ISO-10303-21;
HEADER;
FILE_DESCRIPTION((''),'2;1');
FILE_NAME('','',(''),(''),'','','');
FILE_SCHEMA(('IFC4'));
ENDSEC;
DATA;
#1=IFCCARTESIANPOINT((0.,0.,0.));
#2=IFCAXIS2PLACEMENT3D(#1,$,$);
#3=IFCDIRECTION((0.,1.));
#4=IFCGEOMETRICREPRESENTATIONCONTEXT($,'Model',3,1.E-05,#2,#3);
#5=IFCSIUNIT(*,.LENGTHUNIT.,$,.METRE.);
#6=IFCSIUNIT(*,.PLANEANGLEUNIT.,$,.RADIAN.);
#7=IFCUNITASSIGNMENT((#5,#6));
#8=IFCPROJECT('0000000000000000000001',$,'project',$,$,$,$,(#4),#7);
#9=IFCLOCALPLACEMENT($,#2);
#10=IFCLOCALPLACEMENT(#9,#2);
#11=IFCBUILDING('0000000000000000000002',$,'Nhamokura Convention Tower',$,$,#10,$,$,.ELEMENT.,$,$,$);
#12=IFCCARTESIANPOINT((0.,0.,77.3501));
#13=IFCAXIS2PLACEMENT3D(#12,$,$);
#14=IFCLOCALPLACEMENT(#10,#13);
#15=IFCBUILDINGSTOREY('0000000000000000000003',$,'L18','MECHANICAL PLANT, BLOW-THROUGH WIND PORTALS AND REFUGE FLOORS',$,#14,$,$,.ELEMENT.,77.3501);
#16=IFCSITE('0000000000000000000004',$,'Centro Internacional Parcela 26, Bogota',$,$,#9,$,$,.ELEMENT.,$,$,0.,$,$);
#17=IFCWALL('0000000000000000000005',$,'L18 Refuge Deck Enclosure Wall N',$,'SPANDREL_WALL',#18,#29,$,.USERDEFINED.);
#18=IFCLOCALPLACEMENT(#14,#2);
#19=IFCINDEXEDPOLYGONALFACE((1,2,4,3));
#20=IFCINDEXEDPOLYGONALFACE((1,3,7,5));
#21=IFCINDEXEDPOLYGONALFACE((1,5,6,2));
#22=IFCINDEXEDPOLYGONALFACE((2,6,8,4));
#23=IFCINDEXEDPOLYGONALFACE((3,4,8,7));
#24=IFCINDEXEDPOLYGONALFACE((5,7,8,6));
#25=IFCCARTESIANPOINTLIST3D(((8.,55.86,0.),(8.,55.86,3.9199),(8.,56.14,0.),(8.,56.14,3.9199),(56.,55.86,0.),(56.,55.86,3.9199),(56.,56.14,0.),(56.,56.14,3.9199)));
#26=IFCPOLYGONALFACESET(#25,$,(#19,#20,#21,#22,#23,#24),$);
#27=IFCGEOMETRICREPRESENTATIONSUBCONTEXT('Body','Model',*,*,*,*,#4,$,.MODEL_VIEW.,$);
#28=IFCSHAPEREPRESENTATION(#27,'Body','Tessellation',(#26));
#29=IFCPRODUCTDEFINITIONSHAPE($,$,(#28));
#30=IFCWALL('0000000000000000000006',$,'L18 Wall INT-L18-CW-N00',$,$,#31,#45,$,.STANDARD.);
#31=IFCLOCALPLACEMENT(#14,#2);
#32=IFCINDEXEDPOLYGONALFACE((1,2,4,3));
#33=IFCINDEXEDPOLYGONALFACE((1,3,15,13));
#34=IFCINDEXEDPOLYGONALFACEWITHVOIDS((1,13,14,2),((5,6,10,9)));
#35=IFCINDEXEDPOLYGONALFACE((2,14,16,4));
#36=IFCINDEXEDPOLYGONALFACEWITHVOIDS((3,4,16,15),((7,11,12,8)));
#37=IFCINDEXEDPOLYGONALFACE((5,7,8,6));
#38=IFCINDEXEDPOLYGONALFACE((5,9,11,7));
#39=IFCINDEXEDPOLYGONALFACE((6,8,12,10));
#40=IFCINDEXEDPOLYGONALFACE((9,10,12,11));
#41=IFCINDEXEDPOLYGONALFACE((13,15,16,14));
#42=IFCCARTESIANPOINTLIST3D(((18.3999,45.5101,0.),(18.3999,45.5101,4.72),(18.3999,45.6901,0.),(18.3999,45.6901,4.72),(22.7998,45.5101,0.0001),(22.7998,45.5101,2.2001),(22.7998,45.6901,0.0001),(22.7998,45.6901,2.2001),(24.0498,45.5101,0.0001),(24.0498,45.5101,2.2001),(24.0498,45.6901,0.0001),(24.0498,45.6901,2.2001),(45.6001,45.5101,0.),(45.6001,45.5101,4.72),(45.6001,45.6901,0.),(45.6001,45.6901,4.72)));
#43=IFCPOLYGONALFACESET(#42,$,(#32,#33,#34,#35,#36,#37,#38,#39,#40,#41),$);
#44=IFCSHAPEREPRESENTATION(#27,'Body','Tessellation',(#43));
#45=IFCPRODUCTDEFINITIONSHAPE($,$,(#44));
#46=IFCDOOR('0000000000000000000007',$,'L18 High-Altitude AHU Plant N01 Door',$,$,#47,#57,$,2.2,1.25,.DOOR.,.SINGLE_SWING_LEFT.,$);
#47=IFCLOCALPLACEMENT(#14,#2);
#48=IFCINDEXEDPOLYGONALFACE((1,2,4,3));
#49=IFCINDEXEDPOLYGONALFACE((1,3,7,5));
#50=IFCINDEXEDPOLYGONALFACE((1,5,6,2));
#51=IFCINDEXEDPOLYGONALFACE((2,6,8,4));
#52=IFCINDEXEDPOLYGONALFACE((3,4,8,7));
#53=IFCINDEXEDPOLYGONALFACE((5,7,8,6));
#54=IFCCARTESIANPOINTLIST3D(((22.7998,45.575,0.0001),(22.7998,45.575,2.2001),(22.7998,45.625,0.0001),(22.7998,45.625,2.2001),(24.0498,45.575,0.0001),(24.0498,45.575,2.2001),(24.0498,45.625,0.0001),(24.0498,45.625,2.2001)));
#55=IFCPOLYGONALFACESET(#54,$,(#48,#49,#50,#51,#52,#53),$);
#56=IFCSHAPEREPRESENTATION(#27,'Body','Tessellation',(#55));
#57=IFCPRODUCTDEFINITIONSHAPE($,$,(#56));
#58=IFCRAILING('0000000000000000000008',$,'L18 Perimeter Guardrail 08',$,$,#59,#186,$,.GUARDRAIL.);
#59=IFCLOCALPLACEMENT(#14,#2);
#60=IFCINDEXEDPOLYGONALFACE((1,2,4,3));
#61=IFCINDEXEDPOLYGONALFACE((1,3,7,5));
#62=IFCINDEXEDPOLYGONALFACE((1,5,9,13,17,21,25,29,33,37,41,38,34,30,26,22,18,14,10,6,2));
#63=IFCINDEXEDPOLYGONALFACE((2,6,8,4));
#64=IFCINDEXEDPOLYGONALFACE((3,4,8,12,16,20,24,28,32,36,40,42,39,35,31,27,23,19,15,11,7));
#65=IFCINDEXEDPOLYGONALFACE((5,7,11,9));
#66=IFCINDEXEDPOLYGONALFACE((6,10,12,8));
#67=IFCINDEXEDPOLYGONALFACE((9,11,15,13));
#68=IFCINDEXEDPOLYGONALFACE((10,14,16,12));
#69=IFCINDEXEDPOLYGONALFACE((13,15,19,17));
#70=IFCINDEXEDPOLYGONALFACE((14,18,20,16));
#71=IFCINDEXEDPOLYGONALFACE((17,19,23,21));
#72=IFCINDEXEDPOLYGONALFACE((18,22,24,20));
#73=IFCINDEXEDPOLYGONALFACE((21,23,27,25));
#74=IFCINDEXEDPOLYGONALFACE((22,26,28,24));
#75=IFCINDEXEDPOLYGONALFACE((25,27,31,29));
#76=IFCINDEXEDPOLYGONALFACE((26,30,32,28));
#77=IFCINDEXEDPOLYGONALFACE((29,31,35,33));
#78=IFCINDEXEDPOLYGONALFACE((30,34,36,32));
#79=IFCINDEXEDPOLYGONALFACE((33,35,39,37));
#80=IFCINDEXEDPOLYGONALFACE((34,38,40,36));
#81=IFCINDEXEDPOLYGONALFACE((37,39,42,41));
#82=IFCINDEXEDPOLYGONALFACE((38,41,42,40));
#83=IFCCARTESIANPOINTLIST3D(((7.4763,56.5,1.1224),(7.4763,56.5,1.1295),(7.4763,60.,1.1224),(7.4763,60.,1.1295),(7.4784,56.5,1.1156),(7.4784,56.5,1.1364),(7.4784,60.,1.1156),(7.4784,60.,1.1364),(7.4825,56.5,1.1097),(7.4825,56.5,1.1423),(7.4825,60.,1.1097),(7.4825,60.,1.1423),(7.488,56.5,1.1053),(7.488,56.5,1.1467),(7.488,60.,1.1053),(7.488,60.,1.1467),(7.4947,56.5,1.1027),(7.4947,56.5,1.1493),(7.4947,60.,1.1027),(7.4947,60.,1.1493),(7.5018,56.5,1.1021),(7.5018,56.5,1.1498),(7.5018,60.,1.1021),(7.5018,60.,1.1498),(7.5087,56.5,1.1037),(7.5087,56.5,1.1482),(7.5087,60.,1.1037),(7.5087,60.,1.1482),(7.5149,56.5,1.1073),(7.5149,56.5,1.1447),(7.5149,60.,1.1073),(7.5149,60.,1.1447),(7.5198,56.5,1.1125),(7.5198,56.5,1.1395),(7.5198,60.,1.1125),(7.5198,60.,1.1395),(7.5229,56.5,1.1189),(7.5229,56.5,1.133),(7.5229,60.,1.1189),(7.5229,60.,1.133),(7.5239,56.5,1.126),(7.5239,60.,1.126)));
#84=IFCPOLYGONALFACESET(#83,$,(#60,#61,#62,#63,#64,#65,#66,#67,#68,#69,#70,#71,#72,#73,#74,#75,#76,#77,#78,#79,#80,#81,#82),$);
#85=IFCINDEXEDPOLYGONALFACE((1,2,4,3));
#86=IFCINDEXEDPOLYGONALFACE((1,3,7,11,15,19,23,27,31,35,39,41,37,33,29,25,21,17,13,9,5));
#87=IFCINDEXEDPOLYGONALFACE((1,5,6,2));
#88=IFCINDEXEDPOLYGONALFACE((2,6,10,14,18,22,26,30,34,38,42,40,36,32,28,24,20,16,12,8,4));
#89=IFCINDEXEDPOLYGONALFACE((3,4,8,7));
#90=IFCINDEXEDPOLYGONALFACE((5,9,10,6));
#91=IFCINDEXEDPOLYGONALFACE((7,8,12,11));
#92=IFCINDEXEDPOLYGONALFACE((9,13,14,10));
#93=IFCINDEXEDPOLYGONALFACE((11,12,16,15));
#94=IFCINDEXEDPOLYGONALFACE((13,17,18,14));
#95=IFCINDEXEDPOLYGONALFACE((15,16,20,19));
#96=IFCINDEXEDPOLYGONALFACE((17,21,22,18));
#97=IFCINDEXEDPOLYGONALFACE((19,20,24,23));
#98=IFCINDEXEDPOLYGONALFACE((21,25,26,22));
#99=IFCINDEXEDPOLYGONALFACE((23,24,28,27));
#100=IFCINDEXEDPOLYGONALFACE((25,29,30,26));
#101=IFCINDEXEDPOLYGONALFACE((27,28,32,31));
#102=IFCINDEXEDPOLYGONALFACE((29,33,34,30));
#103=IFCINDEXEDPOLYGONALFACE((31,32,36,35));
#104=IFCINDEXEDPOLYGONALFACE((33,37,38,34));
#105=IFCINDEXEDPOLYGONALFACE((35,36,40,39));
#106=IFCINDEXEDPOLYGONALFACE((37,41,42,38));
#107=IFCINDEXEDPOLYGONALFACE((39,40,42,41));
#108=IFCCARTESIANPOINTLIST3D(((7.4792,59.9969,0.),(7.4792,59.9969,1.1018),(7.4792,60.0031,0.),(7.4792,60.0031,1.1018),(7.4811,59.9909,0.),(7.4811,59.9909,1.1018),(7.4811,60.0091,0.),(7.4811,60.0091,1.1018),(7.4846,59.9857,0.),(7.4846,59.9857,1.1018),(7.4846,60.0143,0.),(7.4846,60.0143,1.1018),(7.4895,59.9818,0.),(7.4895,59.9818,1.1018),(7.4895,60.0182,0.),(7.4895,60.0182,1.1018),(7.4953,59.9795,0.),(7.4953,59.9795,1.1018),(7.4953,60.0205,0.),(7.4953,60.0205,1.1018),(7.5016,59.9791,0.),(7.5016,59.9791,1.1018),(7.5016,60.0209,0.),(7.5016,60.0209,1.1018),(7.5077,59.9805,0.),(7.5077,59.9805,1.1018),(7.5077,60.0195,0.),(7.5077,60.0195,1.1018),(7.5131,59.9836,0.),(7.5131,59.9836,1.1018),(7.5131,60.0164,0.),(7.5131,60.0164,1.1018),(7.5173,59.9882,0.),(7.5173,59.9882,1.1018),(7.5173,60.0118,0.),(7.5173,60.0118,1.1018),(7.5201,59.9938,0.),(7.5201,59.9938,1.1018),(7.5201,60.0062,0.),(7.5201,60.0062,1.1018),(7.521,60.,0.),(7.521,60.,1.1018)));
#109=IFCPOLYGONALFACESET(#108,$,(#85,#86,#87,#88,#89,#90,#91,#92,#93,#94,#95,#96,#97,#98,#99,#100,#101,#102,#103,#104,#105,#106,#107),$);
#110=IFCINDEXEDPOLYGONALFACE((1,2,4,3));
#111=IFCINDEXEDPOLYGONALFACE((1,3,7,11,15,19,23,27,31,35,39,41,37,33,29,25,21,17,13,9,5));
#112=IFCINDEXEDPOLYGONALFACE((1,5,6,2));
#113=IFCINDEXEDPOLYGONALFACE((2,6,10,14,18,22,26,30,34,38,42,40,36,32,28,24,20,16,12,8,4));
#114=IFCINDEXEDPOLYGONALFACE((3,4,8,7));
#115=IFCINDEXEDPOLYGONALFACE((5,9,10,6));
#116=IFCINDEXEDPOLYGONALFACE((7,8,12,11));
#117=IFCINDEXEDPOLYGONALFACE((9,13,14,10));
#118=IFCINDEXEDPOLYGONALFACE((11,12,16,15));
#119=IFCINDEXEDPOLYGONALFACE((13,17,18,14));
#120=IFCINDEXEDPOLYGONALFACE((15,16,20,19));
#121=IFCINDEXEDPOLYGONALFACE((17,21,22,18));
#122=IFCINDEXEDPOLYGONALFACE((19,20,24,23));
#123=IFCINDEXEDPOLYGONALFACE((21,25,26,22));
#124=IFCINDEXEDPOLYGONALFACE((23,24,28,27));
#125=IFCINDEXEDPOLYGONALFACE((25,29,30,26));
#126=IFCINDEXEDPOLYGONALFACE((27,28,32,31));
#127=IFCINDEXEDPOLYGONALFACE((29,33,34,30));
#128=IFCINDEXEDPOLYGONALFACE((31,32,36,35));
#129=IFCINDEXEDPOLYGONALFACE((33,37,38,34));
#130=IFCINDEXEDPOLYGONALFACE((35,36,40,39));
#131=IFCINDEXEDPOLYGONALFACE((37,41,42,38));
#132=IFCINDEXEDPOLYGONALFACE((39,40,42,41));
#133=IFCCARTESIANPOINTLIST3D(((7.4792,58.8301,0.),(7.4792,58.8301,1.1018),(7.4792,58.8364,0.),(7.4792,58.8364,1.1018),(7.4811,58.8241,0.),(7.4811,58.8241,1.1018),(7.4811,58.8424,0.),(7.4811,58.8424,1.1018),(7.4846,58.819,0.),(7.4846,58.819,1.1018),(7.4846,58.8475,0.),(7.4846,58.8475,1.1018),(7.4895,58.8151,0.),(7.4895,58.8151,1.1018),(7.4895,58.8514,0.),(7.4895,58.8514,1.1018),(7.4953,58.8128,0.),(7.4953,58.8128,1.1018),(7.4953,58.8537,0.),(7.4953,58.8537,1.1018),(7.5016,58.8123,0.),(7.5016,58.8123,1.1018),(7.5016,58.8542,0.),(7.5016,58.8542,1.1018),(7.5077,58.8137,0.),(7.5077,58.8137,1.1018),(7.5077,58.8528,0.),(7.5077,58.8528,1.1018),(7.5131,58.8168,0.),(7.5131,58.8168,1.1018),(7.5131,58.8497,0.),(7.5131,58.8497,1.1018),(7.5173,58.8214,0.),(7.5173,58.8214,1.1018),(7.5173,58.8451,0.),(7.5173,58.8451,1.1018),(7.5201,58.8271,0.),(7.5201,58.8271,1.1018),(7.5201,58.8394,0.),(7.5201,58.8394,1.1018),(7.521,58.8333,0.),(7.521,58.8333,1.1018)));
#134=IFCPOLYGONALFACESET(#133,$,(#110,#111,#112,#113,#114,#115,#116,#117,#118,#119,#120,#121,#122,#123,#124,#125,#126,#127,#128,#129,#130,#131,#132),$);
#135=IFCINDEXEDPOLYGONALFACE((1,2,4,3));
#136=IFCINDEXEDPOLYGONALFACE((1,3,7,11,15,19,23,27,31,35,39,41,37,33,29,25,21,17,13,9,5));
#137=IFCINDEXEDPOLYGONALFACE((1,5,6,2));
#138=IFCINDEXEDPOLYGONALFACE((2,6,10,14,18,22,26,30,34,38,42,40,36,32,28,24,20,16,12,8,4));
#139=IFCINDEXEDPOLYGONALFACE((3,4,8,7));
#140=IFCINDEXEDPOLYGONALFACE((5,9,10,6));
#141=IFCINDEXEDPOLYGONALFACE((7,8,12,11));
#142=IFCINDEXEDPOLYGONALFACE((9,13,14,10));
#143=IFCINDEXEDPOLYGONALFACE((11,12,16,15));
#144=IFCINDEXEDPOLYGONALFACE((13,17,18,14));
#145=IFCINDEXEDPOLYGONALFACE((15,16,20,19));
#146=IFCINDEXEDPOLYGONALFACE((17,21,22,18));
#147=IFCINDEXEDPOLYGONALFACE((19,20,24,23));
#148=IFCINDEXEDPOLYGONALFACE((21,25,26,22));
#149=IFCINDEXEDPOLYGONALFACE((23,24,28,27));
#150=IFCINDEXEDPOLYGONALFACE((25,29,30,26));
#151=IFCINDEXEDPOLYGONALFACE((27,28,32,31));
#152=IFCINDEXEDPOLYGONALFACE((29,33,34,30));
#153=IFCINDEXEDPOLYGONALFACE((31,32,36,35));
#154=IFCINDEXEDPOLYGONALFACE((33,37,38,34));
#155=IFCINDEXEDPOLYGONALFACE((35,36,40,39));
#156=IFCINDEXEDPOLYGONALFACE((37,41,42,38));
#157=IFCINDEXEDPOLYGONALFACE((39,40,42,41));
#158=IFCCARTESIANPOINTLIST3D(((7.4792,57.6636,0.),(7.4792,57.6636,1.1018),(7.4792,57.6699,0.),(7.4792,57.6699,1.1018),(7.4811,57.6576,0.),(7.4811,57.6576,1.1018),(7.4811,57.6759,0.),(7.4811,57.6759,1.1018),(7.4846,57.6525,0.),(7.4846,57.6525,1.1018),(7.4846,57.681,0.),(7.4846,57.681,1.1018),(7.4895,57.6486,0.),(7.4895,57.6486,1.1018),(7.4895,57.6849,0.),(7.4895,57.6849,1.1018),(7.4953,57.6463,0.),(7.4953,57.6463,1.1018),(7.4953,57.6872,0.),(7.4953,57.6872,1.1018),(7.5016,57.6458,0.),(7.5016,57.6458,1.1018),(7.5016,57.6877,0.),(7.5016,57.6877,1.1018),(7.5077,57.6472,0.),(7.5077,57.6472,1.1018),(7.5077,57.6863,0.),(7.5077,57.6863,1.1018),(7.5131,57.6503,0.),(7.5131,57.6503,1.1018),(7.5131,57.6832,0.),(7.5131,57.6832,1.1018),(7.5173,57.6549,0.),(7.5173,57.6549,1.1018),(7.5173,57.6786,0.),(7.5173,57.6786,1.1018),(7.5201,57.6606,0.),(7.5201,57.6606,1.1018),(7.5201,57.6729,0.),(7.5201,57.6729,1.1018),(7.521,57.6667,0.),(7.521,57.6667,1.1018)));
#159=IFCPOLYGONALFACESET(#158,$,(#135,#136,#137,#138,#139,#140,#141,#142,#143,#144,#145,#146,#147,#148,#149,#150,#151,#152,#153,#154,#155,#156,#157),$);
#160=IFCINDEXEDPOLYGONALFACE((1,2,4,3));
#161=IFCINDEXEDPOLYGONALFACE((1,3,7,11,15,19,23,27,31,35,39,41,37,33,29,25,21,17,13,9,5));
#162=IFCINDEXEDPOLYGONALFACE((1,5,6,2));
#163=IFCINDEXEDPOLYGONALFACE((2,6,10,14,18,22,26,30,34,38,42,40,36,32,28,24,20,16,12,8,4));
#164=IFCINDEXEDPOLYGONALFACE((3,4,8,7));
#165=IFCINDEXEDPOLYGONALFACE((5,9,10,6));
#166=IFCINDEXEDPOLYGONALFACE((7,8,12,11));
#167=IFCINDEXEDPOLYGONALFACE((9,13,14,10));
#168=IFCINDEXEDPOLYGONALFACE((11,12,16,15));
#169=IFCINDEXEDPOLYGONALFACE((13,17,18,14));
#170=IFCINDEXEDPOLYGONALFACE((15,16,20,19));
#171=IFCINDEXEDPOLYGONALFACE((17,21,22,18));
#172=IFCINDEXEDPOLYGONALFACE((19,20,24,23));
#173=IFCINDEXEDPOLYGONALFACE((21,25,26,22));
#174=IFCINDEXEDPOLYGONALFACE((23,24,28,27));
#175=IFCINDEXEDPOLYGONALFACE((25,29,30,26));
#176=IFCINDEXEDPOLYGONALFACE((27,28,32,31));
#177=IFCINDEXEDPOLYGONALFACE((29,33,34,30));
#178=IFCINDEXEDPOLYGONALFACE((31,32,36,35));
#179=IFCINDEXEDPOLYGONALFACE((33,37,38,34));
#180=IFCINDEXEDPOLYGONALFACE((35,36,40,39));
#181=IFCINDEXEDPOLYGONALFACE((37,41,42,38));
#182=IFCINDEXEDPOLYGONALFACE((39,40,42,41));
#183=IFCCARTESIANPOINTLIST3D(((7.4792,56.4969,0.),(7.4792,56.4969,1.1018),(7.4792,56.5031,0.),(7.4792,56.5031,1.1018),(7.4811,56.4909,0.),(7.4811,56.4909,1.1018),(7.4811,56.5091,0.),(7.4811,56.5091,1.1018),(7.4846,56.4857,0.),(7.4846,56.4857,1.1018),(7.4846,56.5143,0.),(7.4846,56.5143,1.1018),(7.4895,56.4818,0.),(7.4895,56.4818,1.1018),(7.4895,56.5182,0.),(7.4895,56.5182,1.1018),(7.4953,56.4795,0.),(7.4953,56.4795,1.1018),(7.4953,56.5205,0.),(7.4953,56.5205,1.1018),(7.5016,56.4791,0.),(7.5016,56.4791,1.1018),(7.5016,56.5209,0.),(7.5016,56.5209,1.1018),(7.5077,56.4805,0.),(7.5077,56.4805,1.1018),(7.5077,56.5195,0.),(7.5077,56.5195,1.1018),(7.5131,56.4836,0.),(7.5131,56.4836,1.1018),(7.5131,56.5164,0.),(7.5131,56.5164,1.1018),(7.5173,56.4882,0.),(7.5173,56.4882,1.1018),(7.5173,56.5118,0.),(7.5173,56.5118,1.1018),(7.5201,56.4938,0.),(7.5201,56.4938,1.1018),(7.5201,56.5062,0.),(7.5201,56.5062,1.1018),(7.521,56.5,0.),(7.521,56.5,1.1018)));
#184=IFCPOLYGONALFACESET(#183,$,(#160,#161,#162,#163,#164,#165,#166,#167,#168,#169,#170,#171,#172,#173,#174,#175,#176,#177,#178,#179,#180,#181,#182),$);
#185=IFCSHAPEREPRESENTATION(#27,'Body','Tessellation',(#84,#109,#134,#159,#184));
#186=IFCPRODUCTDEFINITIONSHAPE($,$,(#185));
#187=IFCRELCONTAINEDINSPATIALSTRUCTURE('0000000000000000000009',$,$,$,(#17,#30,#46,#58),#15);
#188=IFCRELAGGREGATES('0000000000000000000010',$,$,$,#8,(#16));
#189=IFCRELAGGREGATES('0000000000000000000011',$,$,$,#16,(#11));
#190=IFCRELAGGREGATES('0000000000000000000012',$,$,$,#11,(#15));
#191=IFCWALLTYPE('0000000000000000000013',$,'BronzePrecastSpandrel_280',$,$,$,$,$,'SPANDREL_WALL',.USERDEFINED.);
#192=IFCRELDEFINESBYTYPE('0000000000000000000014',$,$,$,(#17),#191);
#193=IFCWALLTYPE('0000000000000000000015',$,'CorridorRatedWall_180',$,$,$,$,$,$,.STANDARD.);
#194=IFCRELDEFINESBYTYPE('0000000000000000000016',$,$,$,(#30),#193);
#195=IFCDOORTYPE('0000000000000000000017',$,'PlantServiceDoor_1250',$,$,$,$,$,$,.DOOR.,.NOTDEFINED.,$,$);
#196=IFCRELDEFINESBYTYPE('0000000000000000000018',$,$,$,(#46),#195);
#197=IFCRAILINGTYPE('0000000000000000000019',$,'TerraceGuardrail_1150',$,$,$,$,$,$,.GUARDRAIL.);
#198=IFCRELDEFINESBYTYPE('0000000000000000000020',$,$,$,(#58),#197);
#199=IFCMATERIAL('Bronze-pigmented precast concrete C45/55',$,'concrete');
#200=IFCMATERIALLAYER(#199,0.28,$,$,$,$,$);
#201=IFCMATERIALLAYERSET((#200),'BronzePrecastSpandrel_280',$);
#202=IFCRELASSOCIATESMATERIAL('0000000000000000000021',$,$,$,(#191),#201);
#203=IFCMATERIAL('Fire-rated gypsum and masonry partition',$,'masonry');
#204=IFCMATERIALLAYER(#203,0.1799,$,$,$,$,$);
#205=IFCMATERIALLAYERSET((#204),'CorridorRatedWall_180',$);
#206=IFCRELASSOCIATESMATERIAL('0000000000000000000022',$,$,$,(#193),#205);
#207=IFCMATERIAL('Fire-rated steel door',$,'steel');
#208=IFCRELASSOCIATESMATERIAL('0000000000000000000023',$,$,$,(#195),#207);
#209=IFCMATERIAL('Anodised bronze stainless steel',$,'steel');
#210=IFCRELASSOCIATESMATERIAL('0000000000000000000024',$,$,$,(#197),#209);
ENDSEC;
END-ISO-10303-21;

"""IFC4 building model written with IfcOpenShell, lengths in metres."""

from ifc_helpers import new_model, si_unit, direction, frame, frame_2d, origin, origin_2d, place, context, subcontext, project, spatial, rectangle, circle, extrude, material, layer, layer_set, type_object, element, fill, save


model = new_model("IFC4")

# Units and contexts
model_context = context("Model", 3, precision=1e-05, world=origin(), true_north=direction((0.0, 1.0)))
body_context = subcontext(model_context, "Body", "Model", "MODEL_VIEW")
ifc_project = project(units=[si_unit("LENGTHUNIT", "METRE"), si_unit("PLANEANGLEUNIT", "RADIAN")], contexts=[model_context])

# Site, building, storey
site_placement = place(None, origin())
site = spatial("IfcSite", under=ifc_project, at=site_placement, Name="Centro Internacional Parcela 26, Bogota", CompositionType="ELEMENT", RefElevation=0.0)
building_placement = place(site_placement, origin())
building = spatial("IfcBuilding", under=site, at=building_placement, Name="Nhamokura Convention Tower", CompositionType="ELEMENT")
storey_placement = place(building_placement, frame((0.0, 0.0, 77.3501)))
storey = spatial("IfcBuildingStorey", under=building, at=storey_placement, Name="L18", Description="MECHANICAL PLANT, BLOW-THROUGH WIND PORTALS AND REFUGE FLOORS", CompositionType="ELEMENT", Elevation=77.3501)

# Wall
ifc_material_1 = material(Name="Bronze-pigmented precast concrete C45/55", Category="concrete")
ifc_layer_1 = layer(ifc_material_1, 0.28)
ifc_layer_set_1 = layer_set([ifc_layer_1], Name="BronzePrecastSpandrel_280")
wall_type_1 = type_object("IfcWallType", Name="BronzePrecastSpandrel_280", ElementType="SPANDREL_WALL", PredefinedType="USERDEFINED", material=ifc_layer_set_1)
wall_1_placement = place(storey_placement, frame((8.0, 56.0, 0.0), z_axis=(0.0, 0.0, 1.0), x_axis=(1.0, 0.0, 0.0)))
element("IfcWall", 1, at=wall_1_placement, inside=storey, type_object=wall_type_1, Name="L18 Refuge Deck Enclosure Wall N", ObjectType="SPANDREL_WALL", PredefinedType="USERDEFINED", context=body_context, shape_type="SweptSolid", body=[
    extrude(rectangle(XDim=48.0, YDim=0.28, at=frame_2d((24.0, 0.0))), origin(), (0.0, 0.0, 1.0), 3.9199),
])

# Wall, opening, door
ifc_material_2 = material(Name="Fire-rated gypsum and masonry partition", Category="masonry")
ifc_layer_2 = layer(ifc_material_2, 0.1799)
ifc_layer_set_2 = layer_set([ifc_layer_2], Name="CorridorRatedWall_180")
wall_type_2 = type_object("IfcWallType", Name="CorridorRatedWall_180", PredefinedType="STANDARD", material=ifc_layer_set_2)
wall_2_placement = place(storey_placement, frame((18.3999, 45.6001, 0.0), z_axis=(0.0, 0.0, 1.0), x_axis=(1.0, 0.0, 0.0)))
wall_2 = element("IfcWall", 2, at=wall_2_placement, inside=storey, type_object=wall_type_2, Name="L18 Wall INT-L18-CW-N00", PredefinedType="STANDARD", context=body_context, shape_type="SweptSolid", body=[
    extrude(rectangle(XDim=27.2002, YDim=0.1799, at=frame_2d((13.6001, 0.0))), origin(), (0.0, 0.0, 1.0), 4.72),
])
opening_placement = place(wall_2_placement, frame((4.3999, 0.0, 0.0)))
opening = element("IfcOpeningElement", 3, at=opening_placement, cuts=wall_2, PredefinedType="OPENING", context=body_context, shape_type="SweptSolid", body=[
    extrude(rectangle(XDim=1.25, YDim=2.2, at=frame_2d((0.625, 1.1001))), frame((0.0, 0.0999, 0.0), z_axis=(0.0, -1.0, 0.0), x_axis=(1.0, 0.0, 0.0)), (0.0, 0.0, 1.0), 0.2),
])
ifc_material_3 = material(Name="Fire-rated steel door", Category="steel")
door_type = type_object("IfcDoorType", Name="PlantServiceDoor_1250", OperationType="NOTDEFINED", PredefinedType="DOOR", material=ifc_material_3)
door_placement = place(opening_placement, origin())
door = element("IfcDoor", 4, at=door_placement, inside=storey, type_object=door_type, Name="L18 High-Altitude AHU Plant N01 Door", OperationType="SINGLE_SWING_LEFT", OverallHeight=2.2, OverallWidth=1.25, PredefinedType="DOOR", context=body_context, shape_type="SweptSolid", body=[
    extrude(rectangle(XDim=1.25, YDim=2.2, at=frame_2d((0.625, 1.1001))), frame((0.0, 0.0249, 0.0), z_axis=(0.0, -1.0, 0.0), x_axis=(1.0, 0.0, 0.0)), (0.0, 0.0, 1.0), 0.05),
])
fill(opening, door)

# Railing
ifc_material_4 = material(Name="Anodised bronze stainless steel", Category="steel")
railing_type = type_object("IfcRailingType", Name="TerraceGuardrail_1150", PredefinedType="GUARDRAIL", material=ifc_material_4)
railing_1_placement = place(storey_placement, frame((7.5, 60.0, 0.0)))
element("IfcRailing", 5, at=railing_1_placement, inside=storey, type_object=railing_type, Name="L18 Perimeter Guardrail 08", PredefinedType="GUARDRAIL", context=body_context, shape_type="SweptSolid", body=[
    extrude(circle(Radius=0.0239, at=origin_2d()), frame((0.0, 0.0, 1.126), z_axis=(0.0, -1.0, 0.0), x_axis=(1.0, 0.0, 0.0)), (0.0, 0.0, 1.0), 3.5),
    extrude(circle(Radius=0.021, at=origin_2d()), origin(), (0.0, 0.0, 1.0), 1.1018),
    extrude(circle(Radius=0.021, at=origin_2d()), frame((0.0, -1.1667, 0.0)), (0.0, 0.0, 1.0), 1.1018),
    extrude(circle(Radius=0.021, at=origin_2d()), frame((0.0, -2.3333, 0.0)), (0.0, 0.0, 1.0), 1.1018),
    extrude(circle(Radius=0.021, at=origin_2d()), frame((0.0, -3.5, 0.0)), (0.0, 0.0, 1.0), 1.1018),
])

save(model, "model.ifc")
